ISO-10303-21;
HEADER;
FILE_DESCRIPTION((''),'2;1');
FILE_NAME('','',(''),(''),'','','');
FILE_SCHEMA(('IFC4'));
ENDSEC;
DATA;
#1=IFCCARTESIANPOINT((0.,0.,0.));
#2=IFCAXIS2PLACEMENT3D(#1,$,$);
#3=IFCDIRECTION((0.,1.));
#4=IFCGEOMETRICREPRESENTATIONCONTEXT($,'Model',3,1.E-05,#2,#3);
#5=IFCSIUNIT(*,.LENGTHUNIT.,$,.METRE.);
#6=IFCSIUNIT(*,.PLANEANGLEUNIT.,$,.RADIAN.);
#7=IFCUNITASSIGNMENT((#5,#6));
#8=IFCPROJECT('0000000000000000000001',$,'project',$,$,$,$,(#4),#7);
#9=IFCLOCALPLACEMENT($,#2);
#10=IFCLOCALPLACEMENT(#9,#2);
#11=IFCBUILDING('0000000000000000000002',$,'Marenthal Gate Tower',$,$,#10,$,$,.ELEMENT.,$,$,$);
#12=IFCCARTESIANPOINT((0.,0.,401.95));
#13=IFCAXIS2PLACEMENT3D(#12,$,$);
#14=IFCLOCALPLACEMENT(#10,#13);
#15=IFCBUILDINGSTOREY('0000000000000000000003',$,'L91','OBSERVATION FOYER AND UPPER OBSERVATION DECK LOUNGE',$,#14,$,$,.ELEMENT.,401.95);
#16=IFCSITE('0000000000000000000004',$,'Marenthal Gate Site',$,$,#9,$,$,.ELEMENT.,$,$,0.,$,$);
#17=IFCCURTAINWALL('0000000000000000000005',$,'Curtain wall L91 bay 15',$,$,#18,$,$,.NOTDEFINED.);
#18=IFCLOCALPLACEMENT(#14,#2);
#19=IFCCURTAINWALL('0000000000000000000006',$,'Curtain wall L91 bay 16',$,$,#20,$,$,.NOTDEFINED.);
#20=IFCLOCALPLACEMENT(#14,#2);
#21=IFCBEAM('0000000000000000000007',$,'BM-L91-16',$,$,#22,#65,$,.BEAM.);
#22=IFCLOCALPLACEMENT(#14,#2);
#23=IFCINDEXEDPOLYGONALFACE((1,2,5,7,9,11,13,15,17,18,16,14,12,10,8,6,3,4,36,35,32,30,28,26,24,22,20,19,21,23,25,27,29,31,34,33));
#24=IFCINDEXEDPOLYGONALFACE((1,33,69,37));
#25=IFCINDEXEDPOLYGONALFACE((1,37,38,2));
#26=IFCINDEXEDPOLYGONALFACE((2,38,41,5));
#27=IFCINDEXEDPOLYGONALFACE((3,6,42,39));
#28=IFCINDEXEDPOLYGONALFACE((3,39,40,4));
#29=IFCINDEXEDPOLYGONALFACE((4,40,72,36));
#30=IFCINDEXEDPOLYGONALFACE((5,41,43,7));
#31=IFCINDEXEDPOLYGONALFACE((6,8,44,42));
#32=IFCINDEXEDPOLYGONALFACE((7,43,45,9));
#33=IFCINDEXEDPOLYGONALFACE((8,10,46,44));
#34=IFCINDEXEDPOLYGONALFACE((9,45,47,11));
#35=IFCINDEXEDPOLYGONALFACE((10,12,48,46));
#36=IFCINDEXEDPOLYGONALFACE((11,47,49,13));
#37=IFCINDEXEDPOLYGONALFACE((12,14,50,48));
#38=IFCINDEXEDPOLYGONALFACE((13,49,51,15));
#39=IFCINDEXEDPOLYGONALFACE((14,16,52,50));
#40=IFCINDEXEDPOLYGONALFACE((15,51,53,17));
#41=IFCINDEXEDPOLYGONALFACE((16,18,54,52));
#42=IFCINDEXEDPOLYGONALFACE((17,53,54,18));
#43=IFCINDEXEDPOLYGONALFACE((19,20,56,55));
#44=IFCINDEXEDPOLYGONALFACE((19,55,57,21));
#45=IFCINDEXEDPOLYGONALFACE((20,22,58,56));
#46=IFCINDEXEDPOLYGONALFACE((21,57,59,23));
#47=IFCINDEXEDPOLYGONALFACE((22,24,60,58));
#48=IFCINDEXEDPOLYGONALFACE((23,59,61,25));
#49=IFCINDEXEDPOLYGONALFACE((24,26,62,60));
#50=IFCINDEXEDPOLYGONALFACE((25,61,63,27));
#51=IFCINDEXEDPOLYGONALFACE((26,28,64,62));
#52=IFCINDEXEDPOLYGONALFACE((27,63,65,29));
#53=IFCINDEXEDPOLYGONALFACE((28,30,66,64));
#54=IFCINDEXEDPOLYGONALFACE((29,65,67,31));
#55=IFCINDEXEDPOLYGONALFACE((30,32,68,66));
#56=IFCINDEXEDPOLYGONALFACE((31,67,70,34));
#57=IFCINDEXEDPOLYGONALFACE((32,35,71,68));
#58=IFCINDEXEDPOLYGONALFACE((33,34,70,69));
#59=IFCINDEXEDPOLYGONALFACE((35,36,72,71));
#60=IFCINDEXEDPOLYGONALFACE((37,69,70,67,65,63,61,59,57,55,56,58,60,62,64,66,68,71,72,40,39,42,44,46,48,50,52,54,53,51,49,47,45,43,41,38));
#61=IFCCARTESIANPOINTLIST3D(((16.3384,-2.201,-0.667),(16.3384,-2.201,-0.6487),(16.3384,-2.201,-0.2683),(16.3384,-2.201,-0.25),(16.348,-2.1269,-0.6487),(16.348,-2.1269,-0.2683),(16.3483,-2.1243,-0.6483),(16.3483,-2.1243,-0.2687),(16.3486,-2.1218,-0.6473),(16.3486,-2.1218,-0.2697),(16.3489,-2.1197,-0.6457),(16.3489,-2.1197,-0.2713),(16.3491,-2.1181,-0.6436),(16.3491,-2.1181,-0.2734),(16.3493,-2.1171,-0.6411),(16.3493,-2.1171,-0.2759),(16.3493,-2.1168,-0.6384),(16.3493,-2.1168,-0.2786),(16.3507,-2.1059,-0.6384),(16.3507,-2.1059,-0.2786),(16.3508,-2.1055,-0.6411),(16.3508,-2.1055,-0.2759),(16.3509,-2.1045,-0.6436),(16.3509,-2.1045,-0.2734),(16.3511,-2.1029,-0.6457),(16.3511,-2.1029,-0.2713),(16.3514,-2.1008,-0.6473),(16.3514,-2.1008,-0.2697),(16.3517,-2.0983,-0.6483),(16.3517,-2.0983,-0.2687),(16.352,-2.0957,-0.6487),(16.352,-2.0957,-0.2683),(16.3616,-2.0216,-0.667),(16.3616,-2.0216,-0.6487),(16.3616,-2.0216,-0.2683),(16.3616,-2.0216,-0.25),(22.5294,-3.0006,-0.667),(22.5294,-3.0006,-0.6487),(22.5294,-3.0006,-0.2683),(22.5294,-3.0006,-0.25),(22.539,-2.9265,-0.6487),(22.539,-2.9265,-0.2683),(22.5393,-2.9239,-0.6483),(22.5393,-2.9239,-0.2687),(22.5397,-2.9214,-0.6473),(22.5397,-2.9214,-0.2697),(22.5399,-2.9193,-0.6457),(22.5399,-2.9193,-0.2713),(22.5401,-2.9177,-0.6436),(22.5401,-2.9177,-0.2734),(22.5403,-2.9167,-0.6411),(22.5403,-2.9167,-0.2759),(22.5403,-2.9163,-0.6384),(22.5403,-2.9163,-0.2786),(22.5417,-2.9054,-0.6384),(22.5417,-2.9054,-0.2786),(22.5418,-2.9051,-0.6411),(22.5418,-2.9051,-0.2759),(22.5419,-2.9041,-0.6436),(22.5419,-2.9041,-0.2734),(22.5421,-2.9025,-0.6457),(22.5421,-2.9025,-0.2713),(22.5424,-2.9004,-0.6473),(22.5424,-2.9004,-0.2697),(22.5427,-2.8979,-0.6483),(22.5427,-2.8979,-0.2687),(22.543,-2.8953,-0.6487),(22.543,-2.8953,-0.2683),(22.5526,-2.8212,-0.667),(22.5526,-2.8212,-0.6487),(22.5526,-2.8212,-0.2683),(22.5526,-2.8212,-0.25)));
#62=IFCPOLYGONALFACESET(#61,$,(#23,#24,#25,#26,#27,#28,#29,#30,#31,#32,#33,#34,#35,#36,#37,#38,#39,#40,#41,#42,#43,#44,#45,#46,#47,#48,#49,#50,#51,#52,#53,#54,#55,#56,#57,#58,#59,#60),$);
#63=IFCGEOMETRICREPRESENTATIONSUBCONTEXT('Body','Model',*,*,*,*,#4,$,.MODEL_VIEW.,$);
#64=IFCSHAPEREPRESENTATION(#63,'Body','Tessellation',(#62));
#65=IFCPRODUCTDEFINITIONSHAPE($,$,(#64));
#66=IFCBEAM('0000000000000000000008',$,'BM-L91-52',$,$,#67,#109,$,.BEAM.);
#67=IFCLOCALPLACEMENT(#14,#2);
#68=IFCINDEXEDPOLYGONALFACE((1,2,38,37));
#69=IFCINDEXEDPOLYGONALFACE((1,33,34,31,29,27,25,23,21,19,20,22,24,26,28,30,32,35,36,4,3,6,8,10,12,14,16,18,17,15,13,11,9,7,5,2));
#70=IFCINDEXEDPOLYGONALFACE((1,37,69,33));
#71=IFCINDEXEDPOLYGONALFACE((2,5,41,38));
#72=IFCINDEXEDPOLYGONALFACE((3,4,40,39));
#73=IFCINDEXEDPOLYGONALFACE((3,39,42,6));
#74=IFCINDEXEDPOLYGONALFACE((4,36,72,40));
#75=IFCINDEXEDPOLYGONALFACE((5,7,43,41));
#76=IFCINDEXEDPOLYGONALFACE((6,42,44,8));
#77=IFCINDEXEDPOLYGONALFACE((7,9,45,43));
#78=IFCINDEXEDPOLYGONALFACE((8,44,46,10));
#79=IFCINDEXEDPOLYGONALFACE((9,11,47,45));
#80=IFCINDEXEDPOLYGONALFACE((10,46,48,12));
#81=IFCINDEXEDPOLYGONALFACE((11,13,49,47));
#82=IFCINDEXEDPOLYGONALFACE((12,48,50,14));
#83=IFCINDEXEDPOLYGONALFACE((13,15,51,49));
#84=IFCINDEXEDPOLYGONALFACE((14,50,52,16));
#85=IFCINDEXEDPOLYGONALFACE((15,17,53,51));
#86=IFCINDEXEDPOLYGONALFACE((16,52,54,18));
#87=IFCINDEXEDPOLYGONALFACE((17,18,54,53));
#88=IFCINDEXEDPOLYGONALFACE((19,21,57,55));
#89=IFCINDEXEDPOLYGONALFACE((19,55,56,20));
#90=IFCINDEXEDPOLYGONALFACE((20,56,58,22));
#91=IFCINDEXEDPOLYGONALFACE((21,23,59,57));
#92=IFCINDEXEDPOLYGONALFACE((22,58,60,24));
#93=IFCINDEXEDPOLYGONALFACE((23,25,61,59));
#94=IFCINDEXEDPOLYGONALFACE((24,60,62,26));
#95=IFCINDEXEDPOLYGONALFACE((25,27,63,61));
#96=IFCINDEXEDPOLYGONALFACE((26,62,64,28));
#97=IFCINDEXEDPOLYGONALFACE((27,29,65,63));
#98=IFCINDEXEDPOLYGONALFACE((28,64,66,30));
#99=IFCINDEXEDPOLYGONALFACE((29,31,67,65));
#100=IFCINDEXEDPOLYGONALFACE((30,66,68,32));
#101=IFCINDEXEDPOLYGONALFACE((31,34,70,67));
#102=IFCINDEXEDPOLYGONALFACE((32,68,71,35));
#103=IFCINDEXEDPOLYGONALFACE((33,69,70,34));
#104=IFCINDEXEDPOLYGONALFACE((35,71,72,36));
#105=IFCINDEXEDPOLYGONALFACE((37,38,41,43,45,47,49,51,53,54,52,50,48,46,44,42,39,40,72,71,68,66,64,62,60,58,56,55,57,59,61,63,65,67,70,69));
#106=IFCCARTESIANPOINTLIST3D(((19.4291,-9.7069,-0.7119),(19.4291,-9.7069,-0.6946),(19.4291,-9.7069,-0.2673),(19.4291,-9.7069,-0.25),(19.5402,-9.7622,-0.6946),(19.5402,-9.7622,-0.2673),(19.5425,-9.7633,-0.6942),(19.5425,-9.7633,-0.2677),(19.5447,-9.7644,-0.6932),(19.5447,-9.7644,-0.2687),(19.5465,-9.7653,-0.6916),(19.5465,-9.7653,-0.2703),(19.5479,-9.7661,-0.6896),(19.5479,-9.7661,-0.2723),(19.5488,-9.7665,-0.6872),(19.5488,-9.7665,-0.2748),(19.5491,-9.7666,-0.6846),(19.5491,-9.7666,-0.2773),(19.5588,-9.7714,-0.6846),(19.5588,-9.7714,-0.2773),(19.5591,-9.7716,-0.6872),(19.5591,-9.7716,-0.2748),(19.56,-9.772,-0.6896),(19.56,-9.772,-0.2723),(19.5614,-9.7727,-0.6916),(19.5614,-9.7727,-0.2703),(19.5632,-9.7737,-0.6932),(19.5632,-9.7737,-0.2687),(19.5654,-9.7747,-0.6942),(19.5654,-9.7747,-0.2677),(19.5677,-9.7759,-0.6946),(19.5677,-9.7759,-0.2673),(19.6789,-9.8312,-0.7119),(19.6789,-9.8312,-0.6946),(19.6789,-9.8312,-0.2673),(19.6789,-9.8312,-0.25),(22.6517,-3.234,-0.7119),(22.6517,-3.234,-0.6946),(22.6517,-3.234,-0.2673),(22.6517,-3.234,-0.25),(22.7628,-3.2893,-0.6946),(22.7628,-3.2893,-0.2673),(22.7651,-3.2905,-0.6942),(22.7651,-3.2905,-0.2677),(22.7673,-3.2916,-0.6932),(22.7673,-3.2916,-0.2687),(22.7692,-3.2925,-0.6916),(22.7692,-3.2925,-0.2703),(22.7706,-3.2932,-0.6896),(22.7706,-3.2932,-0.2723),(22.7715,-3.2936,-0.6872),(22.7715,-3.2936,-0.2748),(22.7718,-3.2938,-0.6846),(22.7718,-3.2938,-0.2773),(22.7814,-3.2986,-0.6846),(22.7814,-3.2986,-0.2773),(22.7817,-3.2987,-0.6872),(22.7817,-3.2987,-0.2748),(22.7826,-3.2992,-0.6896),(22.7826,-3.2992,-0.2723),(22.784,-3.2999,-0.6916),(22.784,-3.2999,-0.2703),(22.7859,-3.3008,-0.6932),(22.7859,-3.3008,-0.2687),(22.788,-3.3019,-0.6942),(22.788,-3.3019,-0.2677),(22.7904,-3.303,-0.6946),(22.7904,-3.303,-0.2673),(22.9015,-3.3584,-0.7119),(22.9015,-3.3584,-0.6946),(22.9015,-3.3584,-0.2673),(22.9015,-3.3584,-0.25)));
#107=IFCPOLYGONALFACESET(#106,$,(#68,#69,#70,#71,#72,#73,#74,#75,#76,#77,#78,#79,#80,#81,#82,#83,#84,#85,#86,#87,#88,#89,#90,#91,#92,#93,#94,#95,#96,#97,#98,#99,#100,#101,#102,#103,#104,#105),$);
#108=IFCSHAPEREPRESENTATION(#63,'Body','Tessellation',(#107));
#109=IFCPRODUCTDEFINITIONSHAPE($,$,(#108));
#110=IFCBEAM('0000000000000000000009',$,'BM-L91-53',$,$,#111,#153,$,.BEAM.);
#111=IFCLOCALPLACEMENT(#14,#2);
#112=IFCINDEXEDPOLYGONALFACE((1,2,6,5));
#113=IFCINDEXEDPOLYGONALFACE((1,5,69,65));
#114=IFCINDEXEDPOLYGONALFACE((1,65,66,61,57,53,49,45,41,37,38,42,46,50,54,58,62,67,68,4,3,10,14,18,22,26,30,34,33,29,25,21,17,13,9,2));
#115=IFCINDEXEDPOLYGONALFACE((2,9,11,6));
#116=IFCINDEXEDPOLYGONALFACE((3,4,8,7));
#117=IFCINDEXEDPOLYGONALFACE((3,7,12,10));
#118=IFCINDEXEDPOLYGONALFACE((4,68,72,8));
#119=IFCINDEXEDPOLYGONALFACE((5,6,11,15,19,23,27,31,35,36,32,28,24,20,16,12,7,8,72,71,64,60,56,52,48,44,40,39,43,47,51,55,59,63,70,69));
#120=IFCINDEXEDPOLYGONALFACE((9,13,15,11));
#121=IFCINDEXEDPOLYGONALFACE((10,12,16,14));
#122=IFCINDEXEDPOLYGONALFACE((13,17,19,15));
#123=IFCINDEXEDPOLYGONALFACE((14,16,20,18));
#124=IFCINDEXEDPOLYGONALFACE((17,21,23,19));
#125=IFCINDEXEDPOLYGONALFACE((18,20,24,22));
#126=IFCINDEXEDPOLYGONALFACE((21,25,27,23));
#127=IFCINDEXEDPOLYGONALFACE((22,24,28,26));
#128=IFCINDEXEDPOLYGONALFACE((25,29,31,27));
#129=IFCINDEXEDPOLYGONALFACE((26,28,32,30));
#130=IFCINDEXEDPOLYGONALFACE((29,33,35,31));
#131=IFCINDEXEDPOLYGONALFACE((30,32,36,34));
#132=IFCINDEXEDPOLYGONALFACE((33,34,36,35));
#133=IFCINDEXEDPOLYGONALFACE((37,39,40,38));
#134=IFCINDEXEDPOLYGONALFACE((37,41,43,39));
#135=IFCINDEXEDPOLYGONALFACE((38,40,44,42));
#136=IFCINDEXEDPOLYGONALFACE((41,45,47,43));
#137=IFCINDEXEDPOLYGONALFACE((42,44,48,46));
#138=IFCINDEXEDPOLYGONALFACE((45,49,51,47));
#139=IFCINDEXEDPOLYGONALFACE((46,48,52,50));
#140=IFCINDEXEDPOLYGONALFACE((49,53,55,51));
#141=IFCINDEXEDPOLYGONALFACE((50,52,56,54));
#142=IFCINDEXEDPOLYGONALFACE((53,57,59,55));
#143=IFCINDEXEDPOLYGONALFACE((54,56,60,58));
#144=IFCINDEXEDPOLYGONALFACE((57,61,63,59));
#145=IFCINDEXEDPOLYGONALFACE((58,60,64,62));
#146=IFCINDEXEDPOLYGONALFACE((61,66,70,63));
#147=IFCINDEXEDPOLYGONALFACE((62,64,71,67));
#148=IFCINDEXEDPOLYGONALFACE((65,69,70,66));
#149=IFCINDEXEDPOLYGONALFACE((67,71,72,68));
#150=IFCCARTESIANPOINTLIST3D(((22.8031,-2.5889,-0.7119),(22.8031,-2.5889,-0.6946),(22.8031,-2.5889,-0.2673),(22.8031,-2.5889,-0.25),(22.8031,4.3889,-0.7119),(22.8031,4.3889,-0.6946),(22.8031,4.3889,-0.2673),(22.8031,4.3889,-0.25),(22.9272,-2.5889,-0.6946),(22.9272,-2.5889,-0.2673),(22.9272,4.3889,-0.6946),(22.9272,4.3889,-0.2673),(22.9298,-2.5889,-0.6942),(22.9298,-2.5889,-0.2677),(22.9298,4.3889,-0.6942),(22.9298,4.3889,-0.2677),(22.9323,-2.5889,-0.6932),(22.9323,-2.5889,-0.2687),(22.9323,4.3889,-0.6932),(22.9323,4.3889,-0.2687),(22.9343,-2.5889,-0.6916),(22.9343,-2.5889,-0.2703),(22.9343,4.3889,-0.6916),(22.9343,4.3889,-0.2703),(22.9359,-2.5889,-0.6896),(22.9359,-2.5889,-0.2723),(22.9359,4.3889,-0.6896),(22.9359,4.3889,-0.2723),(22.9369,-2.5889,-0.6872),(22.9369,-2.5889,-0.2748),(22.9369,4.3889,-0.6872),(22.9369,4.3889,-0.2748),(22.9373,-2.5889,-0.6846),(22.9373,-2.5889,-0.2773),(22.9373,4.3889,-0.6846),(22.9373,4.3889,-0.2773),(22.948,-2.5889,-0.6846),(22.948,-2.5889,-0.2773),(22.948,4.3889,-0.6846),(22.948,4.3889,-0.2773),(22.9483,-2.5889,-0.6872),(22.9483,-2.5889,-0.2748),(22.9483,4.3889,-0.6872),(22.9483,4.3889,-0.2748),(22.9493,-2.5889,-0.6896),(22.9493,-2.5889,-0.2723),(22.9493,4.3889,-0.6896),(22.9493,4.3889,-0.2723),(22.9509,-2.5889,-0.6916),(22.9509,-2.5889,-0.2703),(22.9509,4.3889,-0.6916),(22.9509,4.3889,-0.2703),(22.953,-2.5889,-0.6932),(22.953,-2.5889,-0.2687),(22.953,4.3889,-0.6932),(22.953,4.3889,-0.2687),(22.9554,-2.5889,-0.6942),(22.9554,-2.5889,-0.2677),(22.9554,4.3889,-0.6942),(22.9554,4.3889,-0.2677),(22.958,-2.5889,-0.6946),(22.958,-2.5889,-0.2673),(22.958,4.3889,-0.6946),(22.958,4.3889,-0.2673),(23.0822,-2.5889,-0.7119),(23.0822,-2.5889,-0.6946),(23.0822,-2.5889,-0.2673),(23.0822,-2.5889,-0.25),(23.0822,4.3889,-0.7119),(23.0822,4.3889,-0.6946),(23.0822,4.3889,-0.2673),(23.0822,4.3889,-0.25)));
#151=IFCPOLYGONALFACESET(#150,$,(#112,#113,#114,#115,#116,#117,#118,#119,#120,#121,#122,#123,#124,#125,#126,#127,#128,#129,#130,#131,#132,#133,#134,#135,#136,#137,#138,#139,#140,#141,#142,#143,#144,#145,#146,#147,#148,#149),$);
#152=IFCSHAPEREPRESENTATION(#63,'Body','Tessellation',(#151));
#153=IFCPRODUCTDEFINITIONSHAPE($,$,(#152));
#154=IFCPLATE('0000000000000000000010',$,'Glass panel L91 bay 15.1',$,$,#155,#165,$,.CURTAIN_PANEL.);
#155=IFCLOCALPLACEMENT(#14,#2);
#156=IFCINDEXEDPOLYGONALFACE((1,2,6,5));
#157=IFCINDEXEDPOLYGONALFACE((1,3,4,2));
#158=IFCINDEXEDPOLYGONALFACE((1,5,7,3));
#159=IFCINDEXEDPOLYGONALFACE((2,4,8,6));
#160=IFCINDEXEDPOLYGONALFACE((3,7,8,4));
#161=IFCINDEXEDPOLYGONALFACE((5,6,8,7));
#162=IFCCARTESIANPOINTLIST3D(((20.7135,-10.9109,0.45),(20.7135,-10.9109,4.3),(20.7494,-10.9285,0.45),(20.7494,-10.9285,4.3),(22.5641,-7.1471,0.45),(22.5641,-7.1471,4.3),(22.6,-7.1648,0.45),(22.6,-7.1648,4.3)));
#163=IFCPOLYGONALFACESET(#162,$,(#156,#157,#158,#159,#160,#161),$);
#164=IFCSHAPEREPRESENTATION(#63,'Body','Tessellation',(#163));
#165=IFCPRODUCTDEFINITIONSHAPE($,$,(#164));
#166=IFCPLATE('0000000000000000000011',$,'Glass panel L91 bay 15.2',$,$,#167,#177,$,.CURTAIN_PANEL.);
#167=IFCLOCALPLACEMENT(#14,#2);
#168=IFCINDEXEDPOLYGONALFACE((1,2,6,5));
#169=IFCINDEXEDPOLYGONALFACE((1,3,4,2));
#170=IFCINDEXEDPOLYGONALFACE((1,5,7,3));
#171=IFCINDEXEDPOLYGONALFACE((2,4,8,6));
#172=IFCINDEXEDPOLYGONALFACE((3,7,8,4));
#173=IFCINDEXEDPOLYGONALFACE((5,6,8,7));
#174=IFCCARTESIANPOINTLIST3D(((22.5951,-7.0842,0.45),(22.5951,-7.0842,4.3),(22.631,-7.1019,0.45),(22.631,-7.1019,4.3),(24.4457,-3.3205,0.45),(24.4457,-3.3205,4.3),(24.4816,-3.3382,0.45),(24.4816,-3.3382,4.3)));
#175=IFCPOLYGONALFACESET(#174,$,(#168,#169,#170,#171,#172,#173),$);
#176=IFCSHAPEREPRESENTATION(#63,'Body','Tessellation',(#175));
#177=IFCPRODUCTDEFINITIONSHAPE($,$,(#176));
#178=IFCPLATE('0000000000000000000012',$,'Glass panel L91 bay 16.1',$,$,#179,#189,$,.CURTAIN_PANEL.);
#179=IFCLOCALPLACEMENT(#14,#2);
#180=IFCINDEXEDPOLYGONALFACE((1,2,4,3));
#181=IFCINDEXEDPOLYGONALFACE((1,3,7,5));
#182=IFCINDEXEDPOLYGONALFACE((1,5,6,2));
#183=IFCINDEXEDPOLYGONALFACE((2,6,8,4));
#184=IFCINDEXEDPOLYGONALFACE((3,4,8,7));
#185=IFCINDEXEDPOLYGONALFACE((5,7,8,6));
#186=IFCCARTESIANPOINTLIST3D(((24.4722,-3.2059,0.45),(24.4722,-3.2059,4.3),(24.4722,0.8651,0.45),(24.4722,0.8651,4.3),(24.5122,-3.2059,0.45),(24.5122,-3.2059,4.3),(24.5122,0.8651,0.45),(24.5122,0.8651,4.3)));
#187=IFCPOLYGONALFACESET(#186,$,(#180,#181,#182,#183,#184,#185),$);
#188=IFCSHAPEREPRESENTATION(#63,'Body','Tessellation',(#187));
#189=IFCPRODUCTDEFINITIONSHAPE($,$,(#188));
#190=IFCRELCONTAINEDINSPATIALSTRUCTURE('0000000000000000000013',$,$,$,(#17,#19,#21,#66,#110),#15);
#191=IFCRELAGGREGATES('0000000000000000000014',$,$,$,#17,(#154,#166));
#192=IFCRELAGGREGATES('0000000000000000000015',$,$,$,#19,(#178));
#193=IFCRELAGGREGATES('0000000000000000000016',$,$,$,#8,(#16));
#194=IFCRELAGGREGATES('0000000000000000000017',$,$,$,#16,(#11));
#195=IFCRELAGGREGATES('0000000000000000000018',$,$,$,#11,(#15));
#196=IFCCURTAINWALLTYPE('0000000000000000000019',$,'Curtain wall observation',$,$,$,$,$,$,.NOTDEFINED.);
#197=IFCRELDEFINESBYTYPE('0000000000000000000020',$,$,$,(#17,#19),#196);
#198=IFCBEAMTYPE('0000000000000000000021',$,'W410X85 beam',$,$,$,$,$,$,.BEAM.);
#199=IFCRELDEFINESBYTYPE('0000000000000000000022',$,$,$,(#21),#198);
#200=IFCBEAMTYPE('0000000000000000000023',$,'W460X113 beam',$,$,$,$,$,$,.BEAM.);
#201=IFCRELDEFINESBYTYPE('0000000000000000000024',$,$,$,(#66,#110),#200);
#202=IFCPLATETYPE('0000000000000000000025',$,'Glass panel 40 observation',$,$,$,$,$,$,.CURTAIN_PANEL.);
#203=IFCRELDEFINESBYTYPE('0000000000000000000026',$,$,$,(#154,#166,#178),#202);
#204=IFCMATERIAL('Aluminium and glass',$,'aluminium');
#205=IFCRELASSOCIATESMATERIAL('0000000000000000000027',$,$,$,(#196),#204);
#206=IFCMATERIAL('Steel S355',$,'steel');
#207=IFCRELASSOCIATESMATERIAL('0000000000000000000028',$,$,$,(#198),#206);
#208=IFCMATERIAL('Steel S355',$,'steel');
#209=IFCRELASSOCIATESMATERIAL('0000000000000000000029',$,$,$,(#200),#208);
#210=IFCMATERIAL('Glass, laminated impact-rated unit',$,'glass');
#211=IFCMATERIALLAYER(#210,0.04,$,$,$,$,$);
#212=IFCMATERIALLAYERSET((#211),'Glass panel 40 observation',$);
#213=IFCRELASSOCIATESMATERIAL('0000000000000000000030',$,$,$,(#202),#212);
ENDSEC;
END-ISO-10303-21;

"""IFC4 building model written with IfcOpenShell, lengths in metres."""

from ifc_helpers import new_model, si_unit, direction, frame, origin, origin_2d, place, context, subcontext, project, spatial, rectangle, i_section, extrude, material, layer, layer_set, material_profile, profile_set, type_object, element, aggregate, save


model = new_model("IFC4")

# Units and contexts
model_context = context("Model", 3, precision=1e-05, world=origin(), true_north=direction((0.0, 1.0)))
body_context = subcontext(model_context, "Body", "Model", "MODEL_VIEW")
ifc_project = project(units=[si_unit("LENGTHUNIT", "METRE"), si_unit("PLANEANGLEUNIT", "RADIAN")], contexts=[model_context])

# Site, building, storey
site_placement = place(None, origin())
site = spatial("IfcSite", under=ifc_project, at=site_placement, Name="Marenthal Gate Site", CompositionType="ELEMENT", RefElevation=0.0)
building_placement = place(site_placement, origin())
building = spatial("IfcBuilding", under=site, at=building_placement, Name="Marenthal Gate Tower", CompositionType="ELEMENT")
storey_placement = place(building_placement, frame((0.0, 0.0, 401.95)))
storey = spatial("IfcBuildingStorey", under=building, at=storey_placement, Name="L91", Description="OBSERVATION FOYER AND UPPER OBSERVATION DECK LOUNGE", CompositionType="ELEMENT", Elevation=401.95)

# Curtain wall
ifc_material_1 = material(Name="Aluminium and glass", Category="aluminium")
curtain_wall_type_1 = type_object("IfcCurtainWallType", Name="Curtain wall observation", PredefinedType="NOTDEFINED", material=ifc_material_1)
curtain_wall_1_placement = place(storey_placement, origin())
curtain_wall_1 = element("IfcCurtainWall", 1, at=curtain_wall_1_placement, inside=storey, type_object=curtain_wall_type_1, Name="Curtain wall L91 bay 15", PredefinedType="NOTDEFINED")

# Curtain wall
curtain_wall_2_placement = place(storey_placement, origin())
curtain_wall_2 = element("IfcCurtainWall", 2, at=curtain_wall_2_placement, inside=storey, type_object=curtain_wall_type_1, Name="Curtain wall L91 bay 16", PredefinedType="NOTDEFINED")

# Beams
ifc_material_2 = material(Name="Steel S355", Category="steel")
ifc_material_profile_1 = material_profile(ifc_material_2, i_section(OverallWidth=0.1809, OverallDepth=0.417, WebThickness=0.011, FlangeThickness=0.0183, FilletRadius=0.0103, at=origin_2d()), Name="W410X85")
ifc_profile_set_1 = profile_set([ifc_material_profile_1], Name="Steel S355")
beam_type_1 = type_object("IfcBeamType", Name="W410X85 beam", PredefinedType="BEAM", material=ifc_profile_set_1)
beam_1_placement = place(storey_placement, frame((22.541, -2.9109, -0.4585), z_axis=(-0.991763, 0.128087, 0.0), x_axis=(-0.128087, -0.991763, 0.0)))
element("IfcBeam", 3, at=beam_1_placement, inside=storey, type_object=beam_type_1, Name="BM-L91-16", PredefinedType="BEAM", context=body_context, shape_type="SweptSolid", body=[
    extrude(i_section(OverallWidth=0.1809, OverallDepth=0.417, WebThickness=0.011, FlangeThickness=0.0183, FilletRadius=0.0103, at=origin_2d()), origin(), (0.0, 0.0, 1.0), 6.2424),
])
ifc_material_3 = material(Name="Steel S355", Category="steel")
ifc_material_profile_2 = material_profile(ifc_material_3, i_section(OverallWidth=0.2791, OverallDepth=0.4619, WebThickness=0.0107, FlangeThickness=0.0173, FilletRadius=0.01, at=origin_2d()), Name="W460X113")
ifc_profile_set_2 = profile_set([ifc_material_profile_2], Name="Steel S355")
beam_type_2 = type_object("IfcBeamType", Name="W460X113 beam", PredefinedType="BEAM", material=ifc_profile_set_2)
beam_2_placement = place(storey_placement, frame((19.554, -9.769, -0.481), z_axis=(0.445687, 0.895189, 0.0), x_axis=(-0.895189, 0.445687, 0.0)))
element("IfcBeam", 4, at=beam_2_placement, inside=storey, type_object=beam_type_2, Name="BM-L91-52", PredefinedType="BEAM", context=body_context, shape_type="SweptSolid", body=[
    extrude(i_section(OverallWidth=0.2791, OverallDepth=0.4619, WebThickness=0.0107, FlangeThickness=0.0173, FilletRadius=0.01, at=origin_2d()), origin(), (0.0, 0.0, 1.0), 7.2307),
])
beam_3_placement = place(storey_placement, frame((22.9426, -2.5889, -0.481), z_axis=(0.0, 1.0, 0.0), x_axis=(-1.0, 0.0, 0.0)))
element("IfcBeam", 5, at=beam_3_placement, inside=storey, type_object=beam_type_2, Name="BM-L91-53", PredefinedType="BEAM", context=body_context, shape_type="SweptSolid", body=[
    extrude(i_section(OverallWidth=0.2791, OverallDepth=0.4619, WebThickness=0.0107, FlangeThickness=0.0173, FilletRadius=0.01, at=origin_2d()), origin(), (0.0, 0.0, 1.0), 6.9778),
])

# Plates
ifc_material_4 = material(Name="Glass, laminated impact-rated unit", Category="glass")
ifc_layer_1 = layer(ifc_material_4, 0.04)
ifc_layer_set_1 = layer_set([ifc_layer_1], Name="Glass panel 40 observation")
plate_type_1 = type_object("IfcPlateType", Name="Glass panel 40 observation", PredefinedType="CURTAIN_PANEL", material=ifc_layer_set_1)
plate_1_placement = place(storey_placement, frame((21.6567, -9.0378, 0.45), z_axis=(0.0, 0.0, 1.0), x_axis=(0.441247, 0.897386, 0.0)))
plate_1 = element("IfcPlate", 6, at=plate_1_placement, type_object=plate_type_1, Name="Glass panel L91 bay 15.1", PredefinedType="CURTAIN_PANEL", context=body_context, shape_type="SweptSolid", body=[
    extrude(rectangle(XDim=4.1941, YDim=0.04, at=origin_2d()), origin(), (0.0, 0.0, 1.0), 3.8501),
])
plate_2_placement = place(storey_placement, frame((23.5383, -5.2112, 0.45), z_axis=(0.0, 0.0, 1.0), x_axis=(0.441247, 0.897386, 0.0)))
plate_2 = element("IfcPlate", 7, at=plate_2_placement, type_object=plate_type_1, Name="Glass panel L91 bay 15.2", PredefinedType="CURTAIN_PANEL", context=body_context, shape_type="SweptSolid", body=[
    extrude(rectangle(XDim=4.1941, YDim=0.04, at=origin_2d()), origin(), (0.0, 0.0, 1.0), 3.8501),
])
aggregate(curtain_wall_1, [plate_1, plate_2])
plate_3_placement = place(storey_placement, frame((24.4922, -1.1704, 0.45), z_axis=(0.0, 0.0, 1.0), x_axis=(0.0, 1.0, 0.0)))
plate_3 = element("IfcPlate", 8, at=plate_3_placement, type_object=plate_type_1, Name="Glass panel L91 bay 16.1", PredefinedType="CURTAIN_PANEL", context=body_context, shape_type="SweptSolid", body=[
    extrude(rectangle(XDim=4.071, YDim=0.04, at=origin_2d()), origin(), (0.0, 0.0, 1.0), 3.8501),
])
aggregate(curtain_wall_2, [plate_3])

save(model, "model.ifc")
